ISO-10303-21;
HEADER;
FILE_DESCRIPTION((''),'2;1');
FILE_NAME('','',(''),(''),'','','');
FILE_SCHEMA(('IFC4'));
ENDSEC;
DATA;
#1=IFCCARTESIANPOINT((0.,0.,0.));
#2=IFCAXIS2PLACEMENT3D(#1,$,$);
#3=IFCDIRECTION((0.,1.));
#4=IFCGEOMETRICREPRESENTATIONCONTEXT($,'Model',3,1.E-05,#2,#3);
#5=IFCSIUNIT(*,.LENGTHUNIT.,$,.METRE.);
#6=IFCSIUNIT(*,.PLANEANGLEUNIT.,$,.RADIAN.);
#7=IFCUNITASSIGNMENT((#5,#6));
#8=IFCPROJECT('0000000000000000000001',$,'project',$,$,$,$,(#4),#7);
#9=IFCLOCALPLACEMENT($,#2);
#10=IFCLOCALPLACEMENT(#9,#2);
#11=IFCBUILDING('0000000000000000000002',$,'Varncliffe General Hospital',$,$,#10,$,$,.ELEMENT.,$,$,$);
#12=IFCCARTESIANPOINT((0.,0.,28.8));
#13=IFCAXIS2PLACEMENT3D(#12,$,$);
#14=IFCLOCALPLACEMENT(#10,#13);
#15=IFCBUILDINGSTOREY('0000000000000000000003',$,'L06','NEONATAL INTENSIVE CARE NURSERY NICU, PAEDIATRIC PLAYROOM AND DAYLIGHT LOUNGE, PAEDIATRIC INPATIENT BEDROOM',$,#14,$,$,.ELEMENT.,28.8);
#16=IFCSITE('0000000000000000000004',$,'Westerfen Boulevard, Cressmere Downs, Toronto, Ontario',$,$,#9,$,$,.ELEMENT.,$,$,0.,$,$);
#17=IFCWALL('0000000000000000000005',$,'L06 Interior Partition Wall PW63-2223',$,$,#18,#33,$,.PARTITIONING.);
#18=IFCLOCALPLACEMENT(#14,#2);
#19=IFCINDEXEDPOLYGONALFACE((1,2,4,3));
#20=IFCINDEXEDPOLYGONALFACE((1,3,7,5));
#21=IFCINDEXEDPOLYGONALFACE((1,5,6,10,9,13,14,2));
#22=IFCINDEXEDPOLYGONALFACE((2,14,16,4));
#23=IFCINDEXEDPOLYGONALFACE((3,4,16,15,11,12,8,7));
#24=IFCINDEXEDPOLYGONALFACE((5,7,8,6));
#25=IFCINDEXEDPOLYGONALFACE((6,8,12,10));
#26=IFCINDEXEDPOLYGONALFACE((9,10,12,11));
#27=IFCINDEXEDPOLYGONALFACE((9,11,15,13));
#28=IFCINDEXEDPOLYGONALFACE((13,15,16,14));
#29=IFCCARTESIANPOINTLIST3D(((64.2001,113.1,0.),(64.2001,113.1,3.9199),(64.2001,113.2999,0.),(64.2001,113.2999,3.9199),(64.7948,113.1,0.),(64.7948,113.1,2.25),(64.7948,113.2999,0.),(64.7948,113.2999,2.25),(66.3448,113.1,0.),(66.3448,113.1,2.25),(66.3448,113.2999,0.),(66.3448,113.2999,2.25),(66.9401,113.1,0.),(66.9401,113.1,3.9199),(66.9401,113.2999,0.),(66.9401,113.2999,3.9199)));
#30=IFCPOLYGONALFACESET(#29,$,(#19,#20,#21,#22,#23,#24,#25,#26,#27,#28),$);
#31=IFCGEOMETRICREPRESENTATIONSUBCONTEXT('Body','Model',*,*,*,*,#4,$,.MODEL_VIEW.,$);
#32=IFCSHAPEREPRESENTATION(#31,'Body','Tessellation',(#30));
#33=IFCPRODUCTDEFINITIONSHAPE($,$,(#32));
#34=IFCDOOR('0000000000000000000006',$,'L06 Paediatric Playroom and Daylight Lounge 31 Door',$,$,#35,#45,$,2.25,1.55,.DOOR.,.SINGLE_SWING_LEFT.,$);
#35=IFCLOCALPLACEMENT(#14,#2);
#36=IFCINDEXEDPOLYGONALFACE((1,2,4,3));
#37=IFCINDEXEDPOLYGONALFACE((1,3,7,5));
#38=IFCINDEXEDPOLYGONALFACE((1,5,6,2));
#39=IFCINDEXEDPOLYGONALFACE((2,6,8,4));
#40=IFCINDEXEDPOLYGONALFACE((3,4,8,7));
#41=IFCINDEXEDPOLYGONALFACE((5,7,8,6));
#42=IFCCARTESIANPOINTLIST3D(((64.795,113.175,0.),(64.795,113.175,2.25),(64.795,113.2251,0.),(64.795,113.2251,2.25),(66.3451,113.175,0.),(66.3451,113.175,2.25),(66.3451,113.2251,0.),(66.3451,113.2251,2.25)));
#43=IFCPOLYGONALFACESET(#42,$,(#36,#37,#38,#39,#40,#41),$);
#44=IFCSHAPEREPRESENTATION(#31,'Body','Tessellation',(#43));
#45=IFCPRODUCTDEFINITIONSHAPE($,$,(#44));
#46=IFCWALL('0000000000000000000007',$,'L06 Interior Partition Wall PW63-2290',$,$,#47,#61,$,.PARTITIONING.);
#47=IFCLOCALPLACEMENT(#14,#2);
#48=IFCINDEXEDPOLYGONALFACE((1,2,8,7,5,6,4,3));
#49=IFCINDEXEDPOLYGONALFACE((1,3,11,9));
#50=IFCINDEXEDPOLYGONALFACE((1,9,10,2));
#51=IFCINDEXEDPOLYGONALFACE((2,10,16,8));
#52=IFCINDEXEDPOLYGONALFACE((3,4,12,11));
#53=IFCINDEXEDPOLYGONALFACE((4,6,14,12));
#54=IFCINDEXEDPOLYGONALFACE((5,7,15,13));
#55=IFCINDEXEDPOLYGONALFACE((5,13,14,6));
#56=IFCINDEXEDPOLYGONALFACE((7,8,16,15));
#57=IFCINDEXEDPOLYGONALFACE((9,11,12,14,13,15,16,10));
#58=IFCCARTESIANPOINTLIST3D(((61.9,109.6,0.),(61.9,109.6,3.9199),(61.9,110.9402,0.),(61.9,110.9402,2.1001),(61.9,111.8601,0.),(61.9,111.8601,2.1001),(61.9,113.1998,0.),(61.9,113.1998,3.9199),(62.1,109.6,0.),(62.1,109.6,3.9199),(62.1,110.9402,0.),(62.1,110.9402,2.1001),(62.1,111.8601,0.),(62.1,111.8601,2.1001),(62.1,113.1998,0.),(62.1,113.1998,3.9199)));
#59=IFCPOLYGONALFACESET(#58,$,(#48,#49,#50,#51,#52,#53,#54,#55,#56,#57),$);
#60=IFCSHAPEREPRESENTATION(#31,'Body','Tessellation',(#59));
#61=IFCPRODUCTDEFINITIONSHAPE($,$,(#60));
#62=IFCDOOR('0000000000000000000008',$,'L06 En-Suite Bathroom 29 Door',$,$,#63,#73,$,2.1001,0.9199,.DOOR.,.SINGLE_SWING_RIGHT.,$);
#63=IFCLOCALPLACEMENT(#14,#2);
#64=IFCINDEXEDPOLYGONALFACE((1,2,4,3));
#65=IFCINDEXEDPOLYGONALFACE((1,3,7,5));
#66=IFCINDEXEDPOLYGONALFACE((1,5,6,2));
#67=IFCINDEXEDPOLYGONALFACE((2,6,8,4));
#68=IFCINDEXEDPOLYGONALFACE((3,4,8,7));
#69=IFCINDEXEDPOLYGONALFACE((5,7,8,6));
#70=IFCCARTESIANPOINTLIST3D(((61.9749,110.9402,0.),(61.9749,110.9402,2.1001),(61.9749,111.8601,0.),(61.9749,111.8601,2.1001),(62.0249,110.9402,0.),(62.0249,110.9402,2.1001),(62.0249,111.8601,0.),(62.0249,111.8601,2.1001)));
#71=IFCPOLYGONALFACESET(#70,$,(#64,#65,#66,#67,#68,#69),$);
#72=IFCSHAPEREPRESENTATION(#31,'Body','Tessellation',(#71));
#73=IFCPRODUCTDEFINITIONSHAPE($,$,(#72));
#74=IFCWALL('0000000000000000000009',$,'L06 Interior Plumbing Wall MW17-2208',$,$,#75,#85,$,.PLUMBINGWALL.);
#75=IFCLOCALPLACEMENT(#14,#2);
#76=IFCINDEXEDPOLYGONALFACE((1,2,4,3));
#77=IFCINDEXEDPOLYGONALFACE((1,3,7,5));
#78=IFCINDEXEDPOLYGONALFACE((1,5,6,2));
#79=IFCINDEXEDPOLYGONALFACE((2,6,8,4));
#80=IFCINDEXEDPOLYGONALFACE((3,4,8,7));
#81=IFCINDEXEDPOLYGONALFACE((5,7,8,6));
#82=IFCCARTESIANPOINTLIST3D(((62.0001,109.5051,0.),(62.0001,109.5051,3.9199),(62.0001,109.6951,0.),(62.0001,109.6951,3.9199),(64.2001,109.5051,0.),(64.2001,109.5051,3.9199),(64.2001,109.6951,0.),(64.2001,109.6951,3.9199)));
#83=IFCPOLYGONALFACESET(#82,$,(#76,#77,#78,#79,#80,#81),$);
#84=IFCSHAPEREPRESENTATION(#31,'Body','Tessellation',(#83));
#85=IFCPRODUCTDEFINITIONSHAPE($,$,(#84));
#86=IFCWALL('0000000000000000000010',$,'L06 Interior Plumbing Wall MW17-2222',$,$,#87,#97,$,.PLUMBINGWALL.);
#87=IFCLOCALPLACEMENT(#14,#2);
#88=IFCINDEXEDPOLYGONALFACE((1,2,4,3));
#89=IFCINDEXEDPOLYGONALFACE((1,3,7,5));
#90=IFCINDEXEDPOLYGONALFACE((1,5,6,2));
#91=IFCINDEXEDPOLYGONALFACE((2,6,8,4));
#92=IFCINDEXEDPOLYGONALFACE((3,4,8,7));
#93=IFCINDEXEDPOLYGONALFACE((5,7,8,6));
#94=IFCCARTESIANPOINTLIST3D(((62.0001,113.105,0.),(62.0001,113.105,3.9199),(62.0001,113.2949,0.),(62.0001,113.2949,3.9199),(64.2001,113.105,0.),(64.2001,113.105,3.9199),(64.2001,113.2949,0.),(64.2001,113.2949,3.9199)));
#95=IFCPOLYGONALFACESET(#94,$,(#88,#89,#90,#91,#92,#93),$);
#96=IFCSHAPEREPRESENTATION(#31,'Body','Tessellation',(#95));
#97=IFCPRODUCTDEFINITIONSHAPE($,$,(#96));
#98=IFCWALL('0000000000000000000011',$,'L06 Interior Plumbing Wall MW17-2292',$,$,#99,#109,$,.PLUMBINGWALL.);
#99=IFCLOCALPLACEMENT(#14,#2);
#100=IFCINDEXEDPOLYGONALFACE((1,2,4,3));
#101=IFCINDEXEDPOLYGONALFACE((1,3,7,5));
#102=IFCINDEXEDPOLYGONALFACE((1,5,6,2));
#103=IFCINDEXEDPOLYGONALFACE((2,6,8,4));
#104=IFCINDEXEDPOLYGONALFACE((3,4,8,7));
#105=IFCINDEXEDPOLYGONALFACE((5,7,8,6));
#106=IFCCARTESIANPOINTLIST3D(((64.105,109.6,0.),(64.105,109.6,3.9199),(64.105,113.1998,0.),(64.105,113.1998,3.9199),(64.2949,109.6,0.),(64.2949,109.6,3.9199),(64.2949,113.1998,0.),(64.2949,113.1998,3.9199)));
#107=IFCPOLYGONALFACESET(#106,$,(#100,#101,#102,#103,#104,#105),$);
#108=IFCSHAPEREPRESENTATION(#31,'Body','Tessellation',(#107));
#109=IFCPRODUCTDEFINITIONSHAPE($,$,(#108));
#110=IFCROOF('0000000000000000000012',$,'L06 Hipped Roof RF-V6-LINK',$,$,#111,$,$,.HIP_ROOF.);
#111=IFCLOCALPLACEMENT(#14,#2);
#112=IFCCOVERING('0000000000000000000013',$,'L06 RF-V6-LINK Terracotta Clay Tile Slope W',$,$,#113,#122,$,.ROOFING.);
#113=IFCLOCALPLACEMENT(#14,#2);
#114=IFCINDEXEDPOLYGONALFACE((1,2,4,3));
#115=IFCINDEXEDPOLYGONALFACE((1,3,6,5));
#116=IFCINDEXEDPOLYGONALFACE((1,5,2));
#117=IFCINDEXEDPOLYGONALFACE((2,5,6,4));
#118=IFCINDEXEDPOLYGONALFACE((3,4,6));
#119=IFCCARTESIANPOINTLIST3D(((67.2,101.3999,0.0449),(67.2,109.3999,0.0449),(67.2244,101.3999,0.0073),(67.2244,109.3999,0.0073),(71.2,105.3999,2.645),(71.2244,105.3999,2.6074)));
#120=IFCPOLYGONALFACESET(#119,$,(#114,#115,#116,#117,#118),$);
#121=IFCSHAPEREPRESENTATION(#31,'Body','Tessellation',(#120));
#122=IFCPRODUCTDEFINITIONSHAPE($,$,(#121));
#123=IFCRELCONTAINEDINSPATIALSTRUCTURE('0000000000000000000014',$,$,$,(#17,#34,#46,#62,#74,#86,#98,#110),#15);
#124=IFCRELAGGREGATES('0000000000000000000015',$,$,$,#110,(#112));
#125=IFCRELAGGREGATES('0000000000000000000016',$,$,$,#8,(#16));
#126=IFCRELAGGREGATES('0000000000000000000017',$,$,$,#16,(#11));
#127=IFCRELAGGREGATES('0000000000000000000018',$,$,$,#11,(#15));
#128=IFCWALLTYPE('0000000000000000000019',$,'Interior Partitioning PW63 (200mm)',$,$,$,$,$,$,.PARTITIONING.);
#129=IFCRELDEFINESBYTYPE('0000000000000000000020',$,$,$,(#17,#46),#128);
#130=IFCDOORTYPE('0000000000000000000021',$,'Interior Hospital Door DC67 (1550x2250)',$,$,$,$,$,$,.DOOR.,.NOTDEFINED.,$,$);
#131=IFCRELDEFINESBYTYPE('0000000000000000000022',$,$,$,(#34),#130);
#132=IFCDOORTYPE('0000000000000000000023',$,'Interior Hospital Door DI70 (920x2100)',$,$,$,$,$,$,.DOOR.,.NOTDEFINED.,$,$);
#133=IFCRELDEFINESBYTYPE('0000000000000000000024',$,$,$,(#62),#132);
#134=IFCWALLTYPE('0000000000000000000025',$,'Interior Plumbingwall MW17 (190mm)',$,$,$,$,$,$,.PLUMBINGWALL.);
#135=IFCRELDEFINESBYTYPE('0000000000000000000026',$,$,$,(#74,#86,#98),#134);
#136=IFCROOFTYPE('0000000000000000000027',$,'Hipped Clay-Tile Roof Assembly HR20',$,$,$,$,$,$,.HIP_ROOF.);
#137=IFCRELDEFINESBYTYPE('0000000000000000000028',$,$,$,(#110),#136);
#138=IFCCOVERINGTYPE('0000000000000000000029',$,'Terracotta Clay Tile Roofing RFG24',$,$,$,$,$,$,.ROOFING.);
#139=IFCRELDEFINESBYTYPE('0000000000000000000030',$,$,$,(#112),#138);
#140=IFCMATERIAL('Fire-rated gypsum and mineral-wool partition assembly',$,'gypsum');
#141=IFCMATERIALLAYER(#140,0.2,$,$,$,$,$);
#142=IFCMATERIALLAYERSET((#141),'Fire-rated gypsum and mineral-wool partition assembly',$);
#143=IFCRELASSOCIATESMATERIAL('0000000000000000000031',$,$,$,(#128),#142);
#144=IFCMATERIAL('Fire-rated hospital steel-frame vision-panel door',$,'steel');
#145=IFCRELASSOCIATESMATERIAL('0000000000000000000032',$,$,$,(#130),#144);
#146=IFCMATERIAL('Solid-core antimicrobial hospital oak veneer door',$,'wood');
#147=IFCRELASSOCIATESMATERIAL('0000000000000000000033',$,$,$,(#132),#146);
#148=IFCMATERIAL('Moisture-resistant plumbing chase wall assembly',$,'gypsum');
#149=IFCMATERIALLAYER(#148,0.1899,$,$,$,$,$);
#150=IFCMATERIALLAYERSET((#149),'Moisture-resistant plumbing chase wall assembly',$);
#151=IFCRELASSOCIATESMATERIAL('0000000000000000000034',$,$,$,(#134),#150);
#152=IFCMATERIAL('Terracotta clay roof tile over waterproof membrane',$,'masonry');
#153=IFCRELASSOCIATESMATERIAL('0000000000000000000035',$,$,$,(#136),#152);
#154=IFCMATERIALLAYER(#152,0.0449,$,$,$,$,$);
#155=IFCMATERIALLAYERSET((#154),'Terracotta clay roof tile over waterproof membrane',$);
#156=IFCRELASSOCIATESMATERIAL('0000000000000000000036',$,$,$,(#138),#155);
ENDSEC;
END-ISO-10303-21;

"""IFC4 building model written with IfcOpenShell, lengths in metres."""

from ifc_helpers import new_model, si_unit, direction, frame, frame_2d, origin, place, context, subcontext, project, spatial, polyline, rectangle, outline, extrude, material, layer, layer_set, type_object, element, fill, aggregate, save


model = new_model("IFC4")

# Units and contexts
model_context = context("Model", 3, precision=1e-05, world=origin(), true_north=direction((0.0, 1.0)))
body_context = subcontext(model_context, "Body", "Model", "MODEL_VIEW")
ifc_project = project(units=[si_unit("LENGTHUNIT", "METRE"), si_unit("PLANEANGLEUNIT", "RADIAN")], contexts=[model_context])

# Site, building, storey
site_placement = place(None, origin())
site = spatial("IfcSite", under=ifc_project, at=site_placement, Name="Westerfen Boulevard, Cressmere Downs, Toronto, Ontario", CompositionType="ELEMENT", RefElevation=0.0)
building_placement = place(site_placement, origin())
building = spatial("IfcBuilding", under=site, at=building_placement, Name="Varncliffe General Hospital", CompositionType="ELEMENT")
storey_placement = place(building_placement, frame((0.0, 0.0, 28.8)))
storey = spatial("IfcBuildingStorey", under=building, at=storey_placement, Name="L06", Description="NEONATAL INTENSIVE CARE NURSERY NICU, PAEDIATRIC PLAYROOM AND DAYLIGHT LOUNGE, PAEDIATRIC INPATIENT BEDROOM", CompositionType="ELEMENT", Elevation=28.8)

# Walls, openings, doors
ifc_material_1 = material(Name="Fire-rated gypsum and mineral-wool partition assembly", Category="gypsum")
ifc_layer_1 = layer(ifc_material_1, 0.2)
ifc_layer_set_1 = layer_set([ifc_layer_1], Name="Fire-rated gypsum and mineral-wool partition assembly")
wall_type_1 = type_object("IfcWallType", Name="Interior Partitioning PW63 (200mm)", PredefinedType="PARTITIONING", material=ifc_layer_set_1)
wall_1_placement = place(storey_placement, frame((64.2, 113.2, 0.0), z_axis=(0.0, 0.0, 1.0), x_axis=(1.0, 0.0, 0.0)))
wall_1 = element("IfcWall", 1, at=wall_1_placement, inside=storey, type_object=wall_type_1, Name="L06 Interior Partition Wall PW63-2223", PredefinedType="PARTITIONING", context=body_context, shape_type="SweptSolid", body=[
    extrude(rectangle(XDim=2.74, YDim=0.2, at=frame_2d((1.3701, 0.0))), origin(), (0.0, 0.0, 1.0), 3.9199),
])
opening_1_placement = place(wall_1_placement, frame((0.595, 0.0, 0.0)))
opening_1 = element("IfcOpeningElement", 2, at=opening_1_placement, cuts=wall_1, PredefinedType="OPENING", context=body_context, shape_type="SweptSolid", body=[
    extrude(rectangle(XDim=1.55, YDim=2.25, at=frame_2d((0.7749, 1.125))), frame((0.0, 0.1099, 0.0), z_axis=(0.0, -1.0, 0.0), x_axis=(1.0, 0.0, 0.0)), (0.0, 0.0, 1.0), 0.22),
])
ifc_material_2 = material(Name="Fire-rated hospital steel-frame vision-panel door", Category="steel")
door_type_1 = type_object("IfcDoorType", Name="Interior Hospital Door DC67 (1550x2250)", OperationType="NOTDEFINED", PredefinedType="DOOR", material=ifc_material_2)
door_1_placement = place(opening_1_placement, frame((1.55, 0.0, 0.0), z_axis=(0.0, 0.0, 1.0), x_axis=(-1.0, 0.0, 0.0)))
door_1 = element("IfcDoor", 3, at=door_1_placement, inside=storey, type_object=door_type_1, Name="L06 Paediatric Playroom and Daylight Lounge 31 Door", OperationType="SINGLE_SWING_LEFT", OverallHeight=2.25, OverallWidth=1.55, PredefinedType="DOOR", context=body_context, shape_type="SweptSolid", body=[
    extrude(rectangle(XDim=1.55, YDim=2.25, at=frame_2d((0.7749, 1.125))), frame((0.0, 0.0249, 0.0), z_axis=(0.0, -1.0, 0.0), x_axis=(1.0, 0.0, 0.0)), (0.0, 0.0, 1.0), 0.05),
])
fill(opening_1, door_1)
wall_2_placement = place(storey_placement, frame((62.0, 109.6001, 0.0), z_axis=(0.0, 0.0, 1.0), x_axis=(0.0, 1.0, 0.0)))
wall_2 = element("IfcWall", 4, at=wall_2_placement, inside=storey, type_object=wall_type_1, Name="L06 Interior Partition Wall PW63-2290", PredefinedType="PARTITIONING", context=body_context, shape_type="SweptSolid", body=[
    extrude(rectangle(XDim=3.5999, YDim=0.2, at=frame_2d((1.7998, 0.0))), origin(), (0.0, 0.0, 1.0), 3.9199),
])
opening_2_placement = place(wall_2_placement, frame((1.3401, 0.0, 0.0)))
opening_2 = element("IfcOpeningElement", 5, at=opening_2_placement, cuts=wall_2, PredefinedType="OPENING", context=body_context, shape_type="SweptSolid", body=[
    extrude(rectangle(XDim=0.9199, YDim=2.1001, at=frame_2d((0.46, 1.05))), frame((0.0, 0.1099, 0.0), z_axis=(0.0, -1.0, 0.0), x_axis=(1.0, 0.0, 0.0)), (0.0, 0.0, 1.0), 0.22),
])
ifc_material_3 = material(Name="Solid-core antimicrobial hospital oak veneer door", Category="wood")
door_type_2 = type_object("IfcDoorType", Name="Interior Hospital Door DI70 (920x2100)", OperationType="NOTDEFINED", PredefinedType="DOOR", material=ifc_material_3)
door_2_placement = place(opening_2_placement, frame((0.9199, 0.0, 0.0), z_axis=(0.0, 0.0, 1.0), x_axis=(-1.0, 0.0, 0.0)))
door_2 = element("IfcDoor", 6, at=door_2_placement, inside=storey, type_object=door_type_2, Name="L06 En-Suite Bathroom 29 Door", OperationType="SINGLE_SWING_RIGHT", OverallHeight=2.1001, OverallWidth=0.9199, PredefinedType="DOOR", context=body_context, shape_type="SweptSolid", body=[
    extrude(rectangle(XDim=0.9199, YDim=2.1001, at=frame_2d((0.46, 1.05))), frame((0.0, 0.0249, 0.0), z_axis=(0.0, -1.0, 0.0), x_axis=(1.0, 0.0, 0.0)), (0.0, 0.0, 1.0), 0.05),
])
fill(opening_2, door_2)

# Walls
ifc_material_4 = material(Name="Moisture-resistant plumbing chase wall assembly", Category="gypsum")
ifc_layer_2 = layer(ifc_material_4, 0.1899)
ifc_layer_set_2 = layer_set([ifc_layer_2], Name="Moisture-resistant plumbing chase wall assembly")
wall_type_2 = type_object("IfcWallType", Name="Interior Plumbingwall MW17 (190mm)", PredefinedType="PLUMBINGWALL", material=ifc_layer_set_2)
for number, where, z_axis, x_axis, name in (
    (7, (62.0, 109.6001, 0.0), (0.0, 0.0, 1.0), (1.0, 0.0, 0.0), "L06 Interior Plumbing Wall MW17-2208"),
    (8, (62.0, 113.2, 0.0), (0.0, 0.0, 1.0), (1.0, 0.0, 0.0), "L06 Interior Plumbing Wall MW17-2222"),
):
    element("IfcWall", number, at=place(storey_placement, frame(where, z_axis=z_axis, x_axis=x_axis)), inside=storey, type_object=wall_type_2, Name=name, PredefinedType="PLUMBINGWALL", context=body_context, shape_type="SweptSolid", body=[
        extrude(rectangle(XDim=2.2, YDim=0.1899, at=frame_2d((1.1001, 0.0))), origin(), (0.0, 0.0, 1.0), 3.9199),
    ])
wall_3_placement = place(storey_placement, frame((64.2, 109.6001, 0.0), z_axis=(0.0, 0.0, 1.0), x_axis=(0.0, 1.0, 0.0)))
element("IfcWall", 9, at=wall_3_placement, inside=storey, type_object=wall_type_2, Name="L06 Interior Plumbing Wall MW17-2292", PredefinedType="PLUMBINGWALL", context=body_context, shape_type="SweptSolid", body=[
    extrude(rectangle(XDim=3.5999, YDim=0.1899, at=frame_2d((1.7998, 0.0))), origin(), (0.0, 0.0, 1.0), 3.9199),
])

# Roof, covering
ifc_material_5 = material(Name="Terracotta clay roof tile over waterproof membrane", Category="masonry")
roof_type = type_object("IfcRoofType", Name="Hipped Clay-Tile Roof Assembly HR20", PredefinedType="HIP_ROOF", material=ifc_material_5)
roof_placement = place(storey_placement, origin())
roof = element("IfcRoof", 10, at=roof_placement, inside=storey, type_object=roof_type, Name="L06 Hipped Roof RF-V6-LINK", PredefinedType="HIP_ROOF")
ifc_layer_3 = layer(ifc_material_5, 0.0449)
ifc_layer_set_3 = layer_set([ifc_layer_3], Name="Terracotta clay roof tile over waterproof membrane")
covering_type = type_object("IfcCoveringType", Name="Terracotta Clay Tile Roofing RFG24", PredefinedType="ROOFING", material=ifc_layer_set_3)
covering_placement = place(storey_placement, frame((67.2, 109.3999, 0.0449), z_axis=(-0.545003, 0.0, 0.838434), x_axis=(0.0, -1.0, 0.0)))
covering = element("IfcCovering", 11, at=covering_placement, type_object=covering_type, Name="L06 RF-V6-LINK Terracotta Clay Tile Slope W", PredefinedType="ROOFING", context=body_context, shape_type="SweptSolid", body=[
    extrude(outline(polyline([(0.0, 0.0), (8.0, 0.0), (4.0, 4.7708), (0.0, 0.0)])), origin(), (0.0, 0.0, -1.0), 0.0449),
])
aggregate(roof, [covering])

save(model, "model.ifc")
